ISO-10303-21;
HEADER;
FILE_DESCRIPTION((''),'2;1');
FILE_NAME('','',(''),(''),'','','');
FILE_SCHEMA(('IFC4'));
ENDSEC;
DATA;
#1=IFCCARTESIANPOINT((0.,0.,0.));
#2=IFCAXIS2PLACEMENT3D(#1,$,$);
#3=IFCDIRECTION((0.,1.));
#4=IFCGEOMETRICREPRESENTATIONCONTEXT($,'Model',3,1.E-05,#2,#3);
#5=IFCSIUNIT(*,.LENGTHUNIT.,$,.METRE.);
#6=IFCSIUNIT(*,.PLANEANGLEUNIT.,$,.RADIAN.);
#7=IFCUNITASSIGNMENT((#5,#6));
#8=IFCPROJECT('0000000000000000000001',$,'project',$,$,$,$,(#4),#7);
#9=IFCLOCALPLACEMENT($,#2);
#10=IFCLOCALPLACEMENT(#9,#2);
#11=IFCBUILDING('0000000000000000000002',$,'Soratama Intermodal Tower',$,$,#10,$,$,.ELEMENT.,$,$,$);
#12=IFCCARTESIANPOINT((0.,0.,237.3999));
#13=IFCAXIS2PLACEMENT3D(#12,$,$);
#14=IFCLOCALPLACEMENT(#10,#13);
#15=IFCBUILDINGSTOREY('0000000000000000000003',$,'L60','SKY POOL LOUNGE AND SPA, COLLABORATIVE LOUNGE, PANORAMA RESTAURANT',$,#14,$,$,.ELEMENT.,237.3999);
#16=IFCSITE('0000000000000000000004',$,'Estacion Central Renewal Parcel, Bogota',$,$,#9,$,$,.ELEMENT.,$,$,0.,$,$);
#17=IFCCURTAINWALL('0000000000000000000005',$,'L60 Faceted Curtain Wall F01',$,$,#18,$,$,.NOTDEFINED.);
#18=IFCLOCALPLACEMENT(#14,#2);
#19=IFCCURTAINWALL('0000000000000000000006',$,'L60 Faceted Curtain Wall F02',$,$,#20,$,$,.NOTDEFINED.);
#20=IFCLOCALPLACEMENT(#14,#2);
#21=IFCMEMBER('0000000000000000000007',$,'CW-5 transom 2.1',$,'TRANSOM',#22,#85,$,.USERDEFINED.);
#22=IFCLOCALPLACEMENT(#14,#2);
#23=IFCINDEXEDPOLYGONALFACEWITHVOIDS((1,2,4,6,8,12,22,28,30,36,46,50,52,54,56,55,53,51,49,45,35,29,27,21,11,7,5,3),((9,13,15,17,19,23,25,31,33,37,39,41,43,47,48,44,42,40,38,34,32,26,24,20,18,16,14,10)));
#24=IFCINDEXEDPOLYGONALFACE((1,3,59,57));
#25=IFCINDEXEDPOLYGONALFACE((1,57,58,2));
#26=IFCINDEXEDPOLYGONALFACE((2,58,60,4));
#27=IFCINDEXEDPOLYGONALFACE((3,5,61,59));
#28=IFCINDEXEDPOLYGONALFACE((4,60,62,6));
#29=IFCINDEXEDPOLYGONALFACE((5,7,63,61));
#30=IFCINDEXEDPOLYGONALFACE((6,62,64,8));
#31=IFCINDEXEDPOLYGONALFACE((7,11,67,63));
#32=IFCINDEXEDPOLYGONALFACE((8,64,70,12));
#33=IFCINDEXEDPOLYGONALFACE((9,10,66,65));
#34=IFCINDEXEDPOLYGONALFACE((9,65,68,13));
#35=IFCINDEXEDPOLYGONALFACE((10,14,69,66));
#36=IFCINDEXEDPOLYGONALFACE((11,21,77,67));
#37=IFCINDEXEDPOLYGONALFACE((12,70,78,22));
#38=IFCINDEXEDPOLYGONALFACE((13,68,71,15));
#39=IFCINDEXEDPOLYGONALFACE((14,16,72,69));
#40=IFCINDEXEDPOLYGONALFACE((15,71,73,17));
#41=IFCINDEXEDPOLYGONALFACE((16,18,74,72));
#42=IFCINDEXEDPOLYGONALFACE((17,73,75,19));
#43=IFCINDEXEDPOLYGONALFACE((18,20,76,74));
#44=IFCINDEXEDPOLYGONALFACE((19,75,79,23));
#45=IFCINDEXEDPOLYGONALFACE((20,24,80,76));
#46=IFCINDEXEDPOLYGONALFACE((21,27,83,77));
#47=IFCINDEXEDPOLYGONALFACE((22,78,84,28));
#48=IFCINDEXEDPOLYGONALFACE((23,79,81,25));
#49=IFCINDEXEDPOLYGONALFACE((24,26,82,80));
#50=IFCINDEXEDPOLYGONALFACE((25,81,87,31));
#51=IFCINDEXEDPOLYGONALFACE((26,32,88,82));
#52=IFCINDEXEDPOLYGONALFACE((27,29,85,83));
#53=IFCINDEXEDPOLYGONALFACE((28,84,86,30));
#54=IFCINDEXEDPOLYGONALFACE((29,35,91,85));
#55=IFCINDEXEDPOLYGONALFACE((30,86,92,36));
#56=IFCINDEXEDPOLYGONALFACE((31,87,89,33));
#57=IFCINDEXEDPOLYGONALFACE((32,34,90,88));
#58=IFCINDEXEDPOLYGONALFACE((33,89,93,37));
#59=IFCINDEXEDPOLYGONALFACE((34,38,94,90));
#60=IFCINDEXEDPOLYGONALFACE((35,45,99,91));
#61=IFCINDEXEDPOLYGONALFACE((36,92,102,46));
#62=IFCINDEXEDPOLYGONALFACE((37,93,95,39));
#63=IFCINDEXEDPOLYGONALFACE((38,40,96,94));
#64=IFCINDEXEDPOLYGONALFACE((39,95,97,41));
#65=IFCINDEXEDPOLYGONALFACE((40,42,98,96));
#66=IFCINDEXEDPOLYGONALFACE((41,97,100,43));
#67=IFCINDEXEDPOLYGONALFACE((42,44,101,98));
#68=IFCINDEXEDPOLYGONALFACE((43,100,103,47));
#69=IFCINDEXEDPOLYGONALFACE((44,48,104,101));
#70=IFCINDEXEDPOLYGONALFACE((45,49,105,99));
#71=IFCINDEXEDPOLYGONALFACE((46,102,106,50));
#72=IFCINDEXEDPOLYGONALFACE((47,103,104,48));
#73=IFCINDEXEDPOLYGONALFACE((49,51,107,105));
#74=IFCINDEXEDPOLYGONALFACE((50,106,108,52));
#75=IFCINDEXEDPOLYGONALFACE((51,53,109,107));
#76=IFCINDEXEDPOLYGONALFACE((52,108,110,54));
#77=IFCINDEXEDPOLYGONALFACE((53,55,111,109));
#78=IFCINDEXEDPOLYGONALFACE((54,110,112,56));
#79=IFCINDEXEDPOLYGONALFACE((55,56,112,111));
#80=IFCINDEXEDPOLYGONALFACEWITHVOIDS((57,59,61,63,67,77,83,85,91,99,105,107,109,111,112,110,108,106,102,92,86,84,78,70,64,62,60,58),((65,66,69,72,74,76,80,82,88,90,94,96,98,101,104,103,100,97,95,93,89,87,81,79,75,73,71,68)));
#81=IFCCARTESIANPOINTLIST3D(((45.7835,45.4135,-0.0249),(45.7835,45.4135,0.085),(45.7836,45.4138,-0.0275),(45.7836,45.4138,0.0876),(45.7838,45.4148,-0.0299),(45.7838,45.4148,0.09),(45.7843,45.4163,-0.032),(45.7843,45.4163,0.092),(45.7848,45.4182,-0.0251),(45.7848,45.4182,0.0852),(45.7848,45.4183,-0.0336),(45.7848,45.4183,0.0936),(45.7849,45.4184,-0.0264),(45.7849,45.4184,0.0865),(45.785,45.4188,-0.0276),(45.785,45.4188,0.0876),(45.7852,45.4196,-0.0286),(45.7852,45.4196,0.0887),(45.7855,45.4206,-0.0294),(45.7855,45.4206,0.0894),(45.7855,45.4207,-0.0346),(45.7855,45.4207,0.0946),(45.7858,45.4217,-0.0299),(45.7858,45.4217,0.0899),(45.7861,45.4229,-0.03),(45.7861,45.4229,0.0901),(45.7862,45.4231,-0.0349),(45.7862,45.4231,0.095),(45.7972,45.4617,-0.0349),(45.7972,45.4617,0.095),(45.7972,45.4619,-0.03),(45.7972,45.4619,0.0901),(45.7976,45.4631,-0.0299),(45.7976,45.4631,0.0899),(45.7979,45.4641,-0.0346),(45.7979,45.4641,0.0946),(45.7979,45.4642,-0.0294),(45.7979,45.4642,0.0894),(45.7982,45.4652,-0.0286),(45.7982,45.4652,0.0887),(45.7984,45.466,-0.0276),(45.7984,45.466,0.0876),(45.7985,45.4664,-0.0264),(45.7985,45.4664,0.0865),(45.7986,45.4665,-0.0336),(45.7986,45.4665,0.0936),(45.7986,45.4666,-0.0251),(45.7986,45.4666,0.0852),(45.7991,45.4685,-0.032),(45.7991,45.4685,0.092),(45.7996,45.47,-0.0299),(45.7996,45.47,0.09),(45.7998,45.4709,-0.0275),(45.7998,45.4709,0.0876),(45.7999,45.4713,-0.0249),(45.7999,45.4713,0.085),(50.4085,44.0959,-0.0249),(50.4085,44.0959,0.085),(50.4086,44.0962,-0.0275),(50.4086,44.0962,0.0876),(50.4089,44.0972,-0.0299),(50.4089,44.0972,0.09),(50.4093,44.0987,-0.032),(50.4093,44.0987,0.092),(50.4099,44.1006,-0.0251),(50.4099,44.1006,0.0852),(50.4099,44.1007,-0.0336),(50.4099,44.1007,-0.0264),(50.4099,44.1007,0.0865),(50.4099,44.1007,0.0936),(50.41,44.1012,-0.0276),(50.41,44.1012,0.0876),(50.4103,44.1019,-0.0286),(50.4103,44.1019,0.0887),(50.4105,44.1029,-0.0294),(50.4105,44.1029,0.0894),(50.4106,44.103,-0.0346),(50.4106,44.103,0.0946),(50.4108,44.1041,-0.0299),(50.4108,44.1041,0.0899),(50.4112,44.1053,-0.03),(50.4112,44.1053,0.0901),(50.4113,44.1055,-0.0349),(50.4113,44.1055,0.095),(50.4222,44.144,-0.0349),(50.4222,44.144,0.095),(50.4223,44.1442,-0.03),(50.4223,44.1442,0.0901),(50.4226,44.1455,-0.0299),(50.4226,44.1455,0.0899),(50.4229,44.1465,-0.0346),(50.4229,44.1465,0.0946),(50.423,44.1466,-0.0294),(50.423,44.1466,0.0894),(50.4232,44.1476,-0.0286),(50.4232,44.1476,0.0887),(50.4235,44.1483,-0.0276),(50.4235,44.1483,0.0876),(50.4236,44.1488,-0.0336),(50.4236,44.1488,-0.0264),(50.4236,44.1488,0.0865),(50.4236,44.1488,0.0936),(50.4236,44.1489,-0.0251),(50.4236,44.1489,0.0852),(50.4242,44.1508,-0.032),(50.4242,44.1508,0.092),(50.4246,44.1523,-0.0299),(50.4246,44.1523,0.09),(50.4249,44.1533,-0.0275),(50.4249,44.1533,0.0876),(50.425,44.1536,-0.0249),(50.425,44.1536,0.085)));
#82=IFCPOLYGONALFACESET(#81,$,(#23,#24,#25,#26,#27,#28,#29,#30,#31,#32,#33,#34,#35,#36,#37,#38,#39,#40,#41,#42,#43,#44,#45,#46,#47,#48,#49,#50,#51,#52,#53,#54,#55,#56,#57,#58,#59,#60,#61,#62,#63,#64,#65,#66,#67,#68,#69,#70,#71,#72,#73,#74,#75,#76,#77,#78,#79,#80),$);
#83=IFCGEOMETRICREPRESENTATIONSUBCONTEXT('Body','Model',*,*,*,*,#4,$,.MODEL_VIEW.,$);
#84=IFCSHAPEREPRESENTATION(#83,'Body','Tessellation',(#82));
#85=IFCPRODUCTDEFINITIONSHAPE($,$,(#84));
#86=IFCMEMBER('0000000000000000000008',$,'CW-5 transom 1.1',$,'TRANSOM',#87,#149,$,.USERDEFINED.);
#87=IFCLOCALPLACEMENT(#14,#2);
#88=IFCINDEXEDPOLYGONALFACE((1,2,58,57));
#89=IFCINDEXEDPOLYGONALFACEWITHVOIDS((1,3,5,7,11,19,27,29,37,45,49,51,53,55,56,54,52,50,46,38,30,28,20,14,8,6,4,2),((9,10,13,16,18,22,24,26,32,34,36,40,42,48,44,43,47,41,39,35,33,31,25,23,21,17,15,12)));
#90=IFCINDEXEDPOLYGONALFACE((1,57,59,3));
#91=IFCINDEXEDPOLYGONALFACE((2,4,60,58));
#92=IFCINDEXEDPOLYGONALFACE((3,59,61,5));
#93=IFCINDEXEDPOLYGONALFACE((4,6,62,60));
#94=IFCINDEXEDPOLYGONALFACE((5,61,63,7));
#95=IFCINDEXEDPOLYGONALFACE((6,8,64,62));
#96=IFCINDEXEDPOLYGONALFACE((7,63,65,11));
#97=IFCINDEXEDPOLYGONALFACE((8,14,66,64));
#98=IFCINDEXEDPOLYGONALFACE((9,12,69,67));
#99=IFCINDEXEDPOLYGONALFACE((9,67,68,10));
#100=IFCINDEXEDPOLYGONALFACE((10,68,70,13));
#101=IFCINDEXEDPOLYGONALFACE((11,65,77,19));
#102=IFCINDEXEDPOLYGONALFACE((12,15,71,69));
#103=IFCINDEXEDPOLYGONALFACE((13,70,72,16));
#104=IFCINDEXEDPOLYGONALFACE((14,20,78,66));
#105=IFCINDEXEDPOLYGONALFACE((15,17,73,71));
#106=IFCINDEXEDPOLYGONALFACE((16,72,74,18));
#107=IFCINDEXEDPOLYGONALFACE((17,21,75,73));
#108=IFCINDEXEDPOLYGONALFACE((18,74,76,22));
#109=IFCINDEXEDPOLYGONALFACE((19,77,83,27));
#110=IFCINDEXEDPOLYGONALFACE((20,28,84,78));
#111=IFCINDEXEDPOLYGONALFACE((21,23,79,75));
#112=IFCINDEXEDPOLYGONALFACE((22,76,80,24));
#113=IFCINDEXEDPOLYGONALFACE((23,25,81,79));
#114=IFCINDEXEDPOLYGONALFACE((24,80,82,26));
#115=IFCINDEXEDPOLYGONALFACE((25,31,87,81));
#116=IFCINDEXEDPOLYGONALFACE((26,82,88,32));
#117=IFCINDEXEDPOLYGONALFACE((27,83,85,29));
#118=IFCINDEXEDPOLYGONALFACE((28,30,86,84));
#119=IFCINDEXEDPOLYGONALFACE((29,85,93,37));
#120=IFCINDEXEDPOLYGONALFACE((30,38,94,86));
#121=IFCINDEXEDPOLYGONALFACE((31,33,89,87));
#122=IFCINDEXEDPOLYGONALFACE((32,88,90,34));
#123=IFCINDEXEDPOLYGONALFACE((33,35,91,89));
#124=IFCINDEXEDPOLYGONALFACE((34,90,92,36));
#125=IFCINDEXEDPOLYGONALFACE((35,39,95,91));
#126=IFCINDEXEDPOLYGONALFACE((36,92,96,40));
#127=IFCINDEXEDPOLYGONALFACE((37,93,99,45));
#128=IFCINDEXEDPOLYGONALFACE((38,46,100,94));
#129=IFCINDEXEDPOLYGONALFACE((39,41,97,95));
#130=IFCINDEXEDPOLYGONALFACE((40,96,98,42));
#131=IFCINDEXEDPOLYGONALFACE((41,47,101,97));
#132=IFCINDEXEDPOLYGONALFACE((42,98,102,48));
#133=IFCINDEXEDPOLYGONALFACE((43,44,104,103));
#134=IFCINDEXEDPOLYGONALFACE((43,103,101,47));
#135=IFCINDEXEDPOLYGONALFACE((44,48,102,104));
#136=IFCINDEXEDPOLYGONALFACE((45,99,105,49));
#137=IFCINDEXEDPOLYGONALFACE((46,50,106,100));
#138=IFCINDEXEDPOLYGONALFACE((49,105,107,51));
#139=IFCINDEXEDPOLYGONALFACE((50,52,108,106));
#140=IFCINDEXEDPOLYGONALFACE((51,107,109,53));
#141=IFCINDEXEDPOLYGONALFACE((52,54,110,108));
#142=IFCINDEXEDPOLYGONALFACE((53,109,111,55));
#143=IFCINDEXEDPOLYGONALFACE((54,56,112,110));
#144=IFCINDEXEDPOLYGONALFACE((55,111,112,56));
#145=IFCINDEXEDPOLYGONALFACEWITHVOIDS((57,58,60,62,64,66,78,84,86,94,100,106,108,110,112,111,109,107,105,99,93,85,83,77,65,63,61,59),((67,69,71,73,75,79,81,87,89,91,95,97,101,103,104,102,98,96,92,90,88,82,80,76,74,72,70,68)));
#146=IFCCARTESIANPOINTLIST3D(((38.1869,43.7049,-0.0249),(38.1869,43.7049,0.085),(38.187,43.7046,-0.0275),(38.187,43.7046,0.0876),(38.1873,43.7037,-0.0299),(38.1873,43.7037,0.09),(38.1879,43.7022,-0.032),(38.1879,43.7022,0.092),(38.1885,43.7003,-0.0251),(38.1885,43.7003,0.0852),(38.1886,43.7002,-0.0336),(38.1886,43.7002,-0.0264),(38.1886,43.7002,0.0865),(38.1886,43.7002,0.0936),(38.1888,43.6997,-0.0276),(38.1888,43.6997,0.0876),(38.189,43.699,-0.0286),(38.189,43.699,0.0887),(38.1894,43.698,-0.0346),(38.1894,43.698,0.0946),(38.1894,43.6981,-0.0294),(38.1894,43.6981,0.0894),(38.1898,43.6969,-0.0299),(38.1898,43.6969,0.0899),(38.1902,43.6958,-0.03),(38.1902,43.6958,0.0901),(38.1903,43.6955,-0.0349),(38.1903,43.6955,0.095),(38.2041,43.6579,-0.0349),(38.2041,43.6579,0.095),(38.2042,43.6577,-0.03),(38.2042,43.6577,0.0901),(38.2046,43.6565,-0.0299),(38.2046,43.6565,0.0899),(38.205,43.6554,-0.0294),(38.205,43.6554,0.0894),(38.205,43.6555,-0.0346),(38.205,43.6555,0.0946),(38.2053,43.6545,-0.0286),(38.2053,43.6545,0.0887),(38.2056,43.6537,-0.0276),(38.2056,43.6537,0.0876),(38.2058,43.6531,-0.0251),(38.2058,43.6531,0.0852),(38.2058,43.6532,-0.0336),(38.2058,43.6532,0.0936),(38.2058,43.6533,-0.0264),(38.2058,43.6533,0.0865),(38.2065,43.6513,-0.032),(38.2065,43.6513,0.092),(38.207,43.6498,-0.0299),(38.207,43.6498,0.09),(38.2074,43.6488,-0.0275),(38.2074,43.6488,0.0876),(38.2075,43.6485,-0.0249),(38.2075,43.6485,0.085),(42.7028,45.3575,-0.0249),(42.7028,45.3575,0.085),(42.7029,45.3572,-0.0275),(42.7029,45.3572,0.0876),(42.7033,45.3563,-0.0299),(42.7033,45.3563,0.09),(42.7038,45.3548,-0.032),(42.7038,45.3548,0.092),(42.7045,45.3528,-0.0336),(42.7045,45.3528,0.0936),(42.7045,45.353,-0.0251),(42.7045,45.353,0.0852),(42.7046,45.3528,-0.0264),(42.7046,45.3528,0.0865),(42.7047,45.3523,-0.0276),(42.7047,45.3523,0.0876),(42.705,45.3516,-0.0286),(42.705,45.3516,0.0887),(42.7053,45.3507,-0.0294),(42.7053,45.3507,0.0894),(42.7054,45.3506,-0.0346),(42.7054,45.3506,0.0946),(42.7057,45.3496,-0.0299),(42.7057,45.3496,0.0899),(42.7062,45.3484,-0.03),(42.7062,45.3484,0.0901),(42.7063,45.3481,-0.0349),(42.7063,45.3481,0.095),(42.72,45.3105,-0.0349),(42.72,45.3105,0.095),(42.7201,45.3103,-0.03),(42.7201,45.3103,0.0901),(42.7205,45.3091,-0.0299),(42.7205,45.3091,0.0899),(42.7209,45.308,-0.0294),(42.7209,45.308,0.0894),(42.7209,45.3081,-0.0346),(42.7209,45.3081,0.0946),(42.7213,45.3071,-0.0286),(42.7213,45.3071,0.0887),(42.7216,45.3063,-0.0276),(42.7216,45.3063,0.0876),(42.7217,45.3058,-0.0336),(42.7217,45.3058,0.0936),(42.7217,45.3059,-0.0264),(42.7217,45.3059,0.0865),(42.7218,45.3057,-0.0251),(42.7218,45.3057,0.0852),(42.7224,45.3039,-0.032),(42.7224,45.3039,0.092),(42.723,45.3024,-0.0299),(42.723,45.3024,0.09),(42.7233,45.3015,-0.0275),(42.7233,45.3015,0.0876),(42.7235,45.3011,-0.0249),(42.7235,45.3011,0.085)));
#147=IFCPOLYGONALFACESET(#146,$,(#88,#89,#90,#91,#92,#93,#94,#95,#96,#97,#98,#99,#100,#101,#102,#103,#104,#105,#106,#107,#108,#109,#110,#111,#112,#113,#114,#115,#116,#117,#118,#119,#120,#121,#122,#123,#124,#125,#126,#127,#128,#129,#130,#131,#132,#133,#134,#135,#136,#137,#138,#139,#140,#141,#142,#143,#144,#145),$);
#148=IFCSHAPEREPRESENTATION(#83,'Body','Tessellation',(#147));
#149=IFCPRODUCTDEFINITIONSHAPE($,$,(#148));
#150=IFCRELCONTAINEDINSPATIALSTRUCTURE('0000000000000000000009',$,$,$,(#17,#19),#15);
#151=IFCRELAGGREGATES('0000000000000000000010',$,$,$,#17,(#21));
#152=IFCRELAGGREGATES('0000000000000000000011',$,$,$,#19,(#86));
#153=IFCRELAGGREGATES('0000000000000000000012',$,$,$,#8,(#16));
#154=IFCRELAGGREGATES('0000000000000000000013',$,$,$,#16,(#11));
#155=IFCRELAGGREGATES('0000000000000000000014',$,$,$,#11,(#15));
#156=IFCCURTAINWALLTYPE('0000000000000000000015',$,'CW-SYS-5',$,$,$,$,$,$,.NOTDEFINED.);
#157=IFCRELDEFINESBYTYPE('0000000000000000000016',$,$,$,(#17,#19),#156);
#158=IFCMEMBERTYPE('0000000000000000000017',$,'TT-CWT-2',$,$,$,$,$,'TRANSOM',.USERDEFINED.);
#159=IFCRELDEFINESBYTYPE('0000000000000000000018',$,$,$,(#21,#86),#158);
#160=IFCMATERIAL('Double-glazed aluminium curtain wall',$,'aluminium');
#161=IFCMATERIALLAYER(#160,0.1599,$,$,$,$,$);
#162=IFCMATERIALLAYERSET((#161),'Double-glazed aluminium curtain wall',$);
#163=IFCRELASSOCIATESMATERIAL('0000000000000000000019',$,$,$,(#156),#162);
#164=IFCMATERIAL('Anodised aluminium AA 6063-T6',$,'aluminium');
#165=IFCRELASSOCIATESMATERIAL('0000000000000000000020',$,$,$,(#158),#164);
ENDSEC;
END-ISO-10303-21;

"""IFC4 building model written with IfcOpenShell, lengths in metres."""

from ifc_helpers import new_model, si_unit, direction, frame, origin, origin_2d, place, context, subcontext, project, spatial, hollow_rectangle, extrude, material, layer, layer_set, material_profile, profile_set, type_object, element, aggregate, save


model = new_model("IFC4")

# Units and contexts
model_context = context("Model", 3, precision=1e-05, world=origin(), true_north=direction((0.0, 1.0)))
body_context = subcontext(model_context, "Body", "Model", "MODEL_VIEW")
ifc_project = project(units=[si_unit("LENGTHUNIT", "METRE"), si_unit("PLANEANGLEUNIT", "RADIAN")], contexts=[model_context])

# Site, building, storey
site_placement = place(None, origin())
site = spatial("IfcSite", under=ifc_project, at=site_placement, Name="Estacion Central Renewal Parcel, Bogota", CompositionType="ELEMENT", RefElevation=0.0)
building_placement = place(site_placement, origin())
building = spatial("IfcBuilding", under=site, at=building_placement, Name="Soratama Intermodal Tower", CompositionType="ELEMENT")
storey_placement = place(building_placement, frame((0.0, 0.0, 237.3999)))
storey = spatial("IfcBuildingStorey", under=building, at=storey_placement, Name="L60", Description="SKY POOL LOUNGE AND SPA, COLLABORATIVE LOUNGE, PANORAMA RESTAURANT", CompositionType="ELEMENT", Elevation=237.3999)

# Curtain walls
ifc_material_1 = material(Name="Double-glazed aluminium curtain wall", Category="aluminium")
ifc_layer_1 = layer(ifc_material_1, 0.1599)
ifc_layer_set_1 = layer_set([ifc_layer_1], Name="Double-glazed aluminium curtain wall")
curtain_wall_type = type_object("IfcCurtainWallType", Name="CW-SYS-5", PredefinedType="NOTDEFINED", material=ifc_layer_set_1)
curtain_wall_1_placement = place(storey_placement, origin())
curtain_wall_1 = element("IfcCurtainWall", 1, at=curtain_wall_1_placement, inside=storey, type_object=curtain_wall_type, Name="L60 Faceted Curtain Wall F01", PredefinedType="NOTDEFINED")
curtain_wall_2_placement = place(storey_placement, origin())
curtain_wall_2 = element("IfcCurtainWall", 2, at=curtain_wall_2_placement, inside=storey, type_object=curtain_wall_type, Name="L60 Faceted Curtain Wall F02", PredefinedType="NOTDEFINED")

# Members
ifc_material_2 = material(Name="Anodised aluminium AA 6063-T6", Category="aluminium")
ifc_material_profile_1 = material_profile(ifc_material_2, hollow_rectangle(XDim=0.0601, YDim=0.1299, WallThickness=0.0049, InnerFilletRadius=0.0049, OuterFilletRadius=0.01, at=origin_2d()), Name="CWT130X60X5")
ifc_profile_set_1 = profile_set([ifc_material_profile_1], Name="Anodised aluminium AA 6063-T6")
member_type_1 = type_object("IfcMemberType", Name="TT-CWT-2", ElementType="TRANSOM", PredefinedType="USERDEFINED", material=ifc_profile_set_1)
member_1_placement = place(storey_placement, frame((50.4167, 44.1248, 0.03), z_axis=(-0.961732, 0.27399, 0.0), x_axis=(-0.27399, -0.961732, 0.0)))
member_1 = element("IfcMember", 3, at=member_1_placement, type_object=member_type_1, Name="CW-5 transom 2.1", ObjectType="TRANSOM", PredefinedType="USERDEFINED", context=body_context, shape_type="SweptSolid", body=[
    extrude(hollow_rectangle(XDim=0.0601, YDim=0.1299, WallThickness=0.0049, InnerFilletRadius=0.0049, OuterFilletRadius=0.01, at=origin_2d()), origin(), (0.0, 0.0, 1.0), 4.8091),
])
member_2_placement = place(storey_placement, frame((42.7131, 45.3293, 0.03), z_axis=(-0.939093, -0.343662, 0.0), x_axis=(0.343662, -0.939093, 0.0)))
member_2 = element("IfcMember", 4, at=member_2_placement, type_object=member_type_1, Name="CW-5 transom 1.1", ObjectType="TRANSOM", PredefinedType="USERDEFINED", context=body_context, shape_type="SweptSolid", body=[
    extrude(hollow_rectangle(XDim=0.0601, YDim=0.1299, WallThickness=0.0049, InnerFilletRadius=0.0049, OuterFilletRadius=0.01, at=origin_2d()), origin(), (0.0, 0.0, 1.0), 4.8088),
])

aggregate(curtain_wall_1, [member_1])
aggregate(curtain_wall_2, [member_2])

save(model, "model.ifc")
